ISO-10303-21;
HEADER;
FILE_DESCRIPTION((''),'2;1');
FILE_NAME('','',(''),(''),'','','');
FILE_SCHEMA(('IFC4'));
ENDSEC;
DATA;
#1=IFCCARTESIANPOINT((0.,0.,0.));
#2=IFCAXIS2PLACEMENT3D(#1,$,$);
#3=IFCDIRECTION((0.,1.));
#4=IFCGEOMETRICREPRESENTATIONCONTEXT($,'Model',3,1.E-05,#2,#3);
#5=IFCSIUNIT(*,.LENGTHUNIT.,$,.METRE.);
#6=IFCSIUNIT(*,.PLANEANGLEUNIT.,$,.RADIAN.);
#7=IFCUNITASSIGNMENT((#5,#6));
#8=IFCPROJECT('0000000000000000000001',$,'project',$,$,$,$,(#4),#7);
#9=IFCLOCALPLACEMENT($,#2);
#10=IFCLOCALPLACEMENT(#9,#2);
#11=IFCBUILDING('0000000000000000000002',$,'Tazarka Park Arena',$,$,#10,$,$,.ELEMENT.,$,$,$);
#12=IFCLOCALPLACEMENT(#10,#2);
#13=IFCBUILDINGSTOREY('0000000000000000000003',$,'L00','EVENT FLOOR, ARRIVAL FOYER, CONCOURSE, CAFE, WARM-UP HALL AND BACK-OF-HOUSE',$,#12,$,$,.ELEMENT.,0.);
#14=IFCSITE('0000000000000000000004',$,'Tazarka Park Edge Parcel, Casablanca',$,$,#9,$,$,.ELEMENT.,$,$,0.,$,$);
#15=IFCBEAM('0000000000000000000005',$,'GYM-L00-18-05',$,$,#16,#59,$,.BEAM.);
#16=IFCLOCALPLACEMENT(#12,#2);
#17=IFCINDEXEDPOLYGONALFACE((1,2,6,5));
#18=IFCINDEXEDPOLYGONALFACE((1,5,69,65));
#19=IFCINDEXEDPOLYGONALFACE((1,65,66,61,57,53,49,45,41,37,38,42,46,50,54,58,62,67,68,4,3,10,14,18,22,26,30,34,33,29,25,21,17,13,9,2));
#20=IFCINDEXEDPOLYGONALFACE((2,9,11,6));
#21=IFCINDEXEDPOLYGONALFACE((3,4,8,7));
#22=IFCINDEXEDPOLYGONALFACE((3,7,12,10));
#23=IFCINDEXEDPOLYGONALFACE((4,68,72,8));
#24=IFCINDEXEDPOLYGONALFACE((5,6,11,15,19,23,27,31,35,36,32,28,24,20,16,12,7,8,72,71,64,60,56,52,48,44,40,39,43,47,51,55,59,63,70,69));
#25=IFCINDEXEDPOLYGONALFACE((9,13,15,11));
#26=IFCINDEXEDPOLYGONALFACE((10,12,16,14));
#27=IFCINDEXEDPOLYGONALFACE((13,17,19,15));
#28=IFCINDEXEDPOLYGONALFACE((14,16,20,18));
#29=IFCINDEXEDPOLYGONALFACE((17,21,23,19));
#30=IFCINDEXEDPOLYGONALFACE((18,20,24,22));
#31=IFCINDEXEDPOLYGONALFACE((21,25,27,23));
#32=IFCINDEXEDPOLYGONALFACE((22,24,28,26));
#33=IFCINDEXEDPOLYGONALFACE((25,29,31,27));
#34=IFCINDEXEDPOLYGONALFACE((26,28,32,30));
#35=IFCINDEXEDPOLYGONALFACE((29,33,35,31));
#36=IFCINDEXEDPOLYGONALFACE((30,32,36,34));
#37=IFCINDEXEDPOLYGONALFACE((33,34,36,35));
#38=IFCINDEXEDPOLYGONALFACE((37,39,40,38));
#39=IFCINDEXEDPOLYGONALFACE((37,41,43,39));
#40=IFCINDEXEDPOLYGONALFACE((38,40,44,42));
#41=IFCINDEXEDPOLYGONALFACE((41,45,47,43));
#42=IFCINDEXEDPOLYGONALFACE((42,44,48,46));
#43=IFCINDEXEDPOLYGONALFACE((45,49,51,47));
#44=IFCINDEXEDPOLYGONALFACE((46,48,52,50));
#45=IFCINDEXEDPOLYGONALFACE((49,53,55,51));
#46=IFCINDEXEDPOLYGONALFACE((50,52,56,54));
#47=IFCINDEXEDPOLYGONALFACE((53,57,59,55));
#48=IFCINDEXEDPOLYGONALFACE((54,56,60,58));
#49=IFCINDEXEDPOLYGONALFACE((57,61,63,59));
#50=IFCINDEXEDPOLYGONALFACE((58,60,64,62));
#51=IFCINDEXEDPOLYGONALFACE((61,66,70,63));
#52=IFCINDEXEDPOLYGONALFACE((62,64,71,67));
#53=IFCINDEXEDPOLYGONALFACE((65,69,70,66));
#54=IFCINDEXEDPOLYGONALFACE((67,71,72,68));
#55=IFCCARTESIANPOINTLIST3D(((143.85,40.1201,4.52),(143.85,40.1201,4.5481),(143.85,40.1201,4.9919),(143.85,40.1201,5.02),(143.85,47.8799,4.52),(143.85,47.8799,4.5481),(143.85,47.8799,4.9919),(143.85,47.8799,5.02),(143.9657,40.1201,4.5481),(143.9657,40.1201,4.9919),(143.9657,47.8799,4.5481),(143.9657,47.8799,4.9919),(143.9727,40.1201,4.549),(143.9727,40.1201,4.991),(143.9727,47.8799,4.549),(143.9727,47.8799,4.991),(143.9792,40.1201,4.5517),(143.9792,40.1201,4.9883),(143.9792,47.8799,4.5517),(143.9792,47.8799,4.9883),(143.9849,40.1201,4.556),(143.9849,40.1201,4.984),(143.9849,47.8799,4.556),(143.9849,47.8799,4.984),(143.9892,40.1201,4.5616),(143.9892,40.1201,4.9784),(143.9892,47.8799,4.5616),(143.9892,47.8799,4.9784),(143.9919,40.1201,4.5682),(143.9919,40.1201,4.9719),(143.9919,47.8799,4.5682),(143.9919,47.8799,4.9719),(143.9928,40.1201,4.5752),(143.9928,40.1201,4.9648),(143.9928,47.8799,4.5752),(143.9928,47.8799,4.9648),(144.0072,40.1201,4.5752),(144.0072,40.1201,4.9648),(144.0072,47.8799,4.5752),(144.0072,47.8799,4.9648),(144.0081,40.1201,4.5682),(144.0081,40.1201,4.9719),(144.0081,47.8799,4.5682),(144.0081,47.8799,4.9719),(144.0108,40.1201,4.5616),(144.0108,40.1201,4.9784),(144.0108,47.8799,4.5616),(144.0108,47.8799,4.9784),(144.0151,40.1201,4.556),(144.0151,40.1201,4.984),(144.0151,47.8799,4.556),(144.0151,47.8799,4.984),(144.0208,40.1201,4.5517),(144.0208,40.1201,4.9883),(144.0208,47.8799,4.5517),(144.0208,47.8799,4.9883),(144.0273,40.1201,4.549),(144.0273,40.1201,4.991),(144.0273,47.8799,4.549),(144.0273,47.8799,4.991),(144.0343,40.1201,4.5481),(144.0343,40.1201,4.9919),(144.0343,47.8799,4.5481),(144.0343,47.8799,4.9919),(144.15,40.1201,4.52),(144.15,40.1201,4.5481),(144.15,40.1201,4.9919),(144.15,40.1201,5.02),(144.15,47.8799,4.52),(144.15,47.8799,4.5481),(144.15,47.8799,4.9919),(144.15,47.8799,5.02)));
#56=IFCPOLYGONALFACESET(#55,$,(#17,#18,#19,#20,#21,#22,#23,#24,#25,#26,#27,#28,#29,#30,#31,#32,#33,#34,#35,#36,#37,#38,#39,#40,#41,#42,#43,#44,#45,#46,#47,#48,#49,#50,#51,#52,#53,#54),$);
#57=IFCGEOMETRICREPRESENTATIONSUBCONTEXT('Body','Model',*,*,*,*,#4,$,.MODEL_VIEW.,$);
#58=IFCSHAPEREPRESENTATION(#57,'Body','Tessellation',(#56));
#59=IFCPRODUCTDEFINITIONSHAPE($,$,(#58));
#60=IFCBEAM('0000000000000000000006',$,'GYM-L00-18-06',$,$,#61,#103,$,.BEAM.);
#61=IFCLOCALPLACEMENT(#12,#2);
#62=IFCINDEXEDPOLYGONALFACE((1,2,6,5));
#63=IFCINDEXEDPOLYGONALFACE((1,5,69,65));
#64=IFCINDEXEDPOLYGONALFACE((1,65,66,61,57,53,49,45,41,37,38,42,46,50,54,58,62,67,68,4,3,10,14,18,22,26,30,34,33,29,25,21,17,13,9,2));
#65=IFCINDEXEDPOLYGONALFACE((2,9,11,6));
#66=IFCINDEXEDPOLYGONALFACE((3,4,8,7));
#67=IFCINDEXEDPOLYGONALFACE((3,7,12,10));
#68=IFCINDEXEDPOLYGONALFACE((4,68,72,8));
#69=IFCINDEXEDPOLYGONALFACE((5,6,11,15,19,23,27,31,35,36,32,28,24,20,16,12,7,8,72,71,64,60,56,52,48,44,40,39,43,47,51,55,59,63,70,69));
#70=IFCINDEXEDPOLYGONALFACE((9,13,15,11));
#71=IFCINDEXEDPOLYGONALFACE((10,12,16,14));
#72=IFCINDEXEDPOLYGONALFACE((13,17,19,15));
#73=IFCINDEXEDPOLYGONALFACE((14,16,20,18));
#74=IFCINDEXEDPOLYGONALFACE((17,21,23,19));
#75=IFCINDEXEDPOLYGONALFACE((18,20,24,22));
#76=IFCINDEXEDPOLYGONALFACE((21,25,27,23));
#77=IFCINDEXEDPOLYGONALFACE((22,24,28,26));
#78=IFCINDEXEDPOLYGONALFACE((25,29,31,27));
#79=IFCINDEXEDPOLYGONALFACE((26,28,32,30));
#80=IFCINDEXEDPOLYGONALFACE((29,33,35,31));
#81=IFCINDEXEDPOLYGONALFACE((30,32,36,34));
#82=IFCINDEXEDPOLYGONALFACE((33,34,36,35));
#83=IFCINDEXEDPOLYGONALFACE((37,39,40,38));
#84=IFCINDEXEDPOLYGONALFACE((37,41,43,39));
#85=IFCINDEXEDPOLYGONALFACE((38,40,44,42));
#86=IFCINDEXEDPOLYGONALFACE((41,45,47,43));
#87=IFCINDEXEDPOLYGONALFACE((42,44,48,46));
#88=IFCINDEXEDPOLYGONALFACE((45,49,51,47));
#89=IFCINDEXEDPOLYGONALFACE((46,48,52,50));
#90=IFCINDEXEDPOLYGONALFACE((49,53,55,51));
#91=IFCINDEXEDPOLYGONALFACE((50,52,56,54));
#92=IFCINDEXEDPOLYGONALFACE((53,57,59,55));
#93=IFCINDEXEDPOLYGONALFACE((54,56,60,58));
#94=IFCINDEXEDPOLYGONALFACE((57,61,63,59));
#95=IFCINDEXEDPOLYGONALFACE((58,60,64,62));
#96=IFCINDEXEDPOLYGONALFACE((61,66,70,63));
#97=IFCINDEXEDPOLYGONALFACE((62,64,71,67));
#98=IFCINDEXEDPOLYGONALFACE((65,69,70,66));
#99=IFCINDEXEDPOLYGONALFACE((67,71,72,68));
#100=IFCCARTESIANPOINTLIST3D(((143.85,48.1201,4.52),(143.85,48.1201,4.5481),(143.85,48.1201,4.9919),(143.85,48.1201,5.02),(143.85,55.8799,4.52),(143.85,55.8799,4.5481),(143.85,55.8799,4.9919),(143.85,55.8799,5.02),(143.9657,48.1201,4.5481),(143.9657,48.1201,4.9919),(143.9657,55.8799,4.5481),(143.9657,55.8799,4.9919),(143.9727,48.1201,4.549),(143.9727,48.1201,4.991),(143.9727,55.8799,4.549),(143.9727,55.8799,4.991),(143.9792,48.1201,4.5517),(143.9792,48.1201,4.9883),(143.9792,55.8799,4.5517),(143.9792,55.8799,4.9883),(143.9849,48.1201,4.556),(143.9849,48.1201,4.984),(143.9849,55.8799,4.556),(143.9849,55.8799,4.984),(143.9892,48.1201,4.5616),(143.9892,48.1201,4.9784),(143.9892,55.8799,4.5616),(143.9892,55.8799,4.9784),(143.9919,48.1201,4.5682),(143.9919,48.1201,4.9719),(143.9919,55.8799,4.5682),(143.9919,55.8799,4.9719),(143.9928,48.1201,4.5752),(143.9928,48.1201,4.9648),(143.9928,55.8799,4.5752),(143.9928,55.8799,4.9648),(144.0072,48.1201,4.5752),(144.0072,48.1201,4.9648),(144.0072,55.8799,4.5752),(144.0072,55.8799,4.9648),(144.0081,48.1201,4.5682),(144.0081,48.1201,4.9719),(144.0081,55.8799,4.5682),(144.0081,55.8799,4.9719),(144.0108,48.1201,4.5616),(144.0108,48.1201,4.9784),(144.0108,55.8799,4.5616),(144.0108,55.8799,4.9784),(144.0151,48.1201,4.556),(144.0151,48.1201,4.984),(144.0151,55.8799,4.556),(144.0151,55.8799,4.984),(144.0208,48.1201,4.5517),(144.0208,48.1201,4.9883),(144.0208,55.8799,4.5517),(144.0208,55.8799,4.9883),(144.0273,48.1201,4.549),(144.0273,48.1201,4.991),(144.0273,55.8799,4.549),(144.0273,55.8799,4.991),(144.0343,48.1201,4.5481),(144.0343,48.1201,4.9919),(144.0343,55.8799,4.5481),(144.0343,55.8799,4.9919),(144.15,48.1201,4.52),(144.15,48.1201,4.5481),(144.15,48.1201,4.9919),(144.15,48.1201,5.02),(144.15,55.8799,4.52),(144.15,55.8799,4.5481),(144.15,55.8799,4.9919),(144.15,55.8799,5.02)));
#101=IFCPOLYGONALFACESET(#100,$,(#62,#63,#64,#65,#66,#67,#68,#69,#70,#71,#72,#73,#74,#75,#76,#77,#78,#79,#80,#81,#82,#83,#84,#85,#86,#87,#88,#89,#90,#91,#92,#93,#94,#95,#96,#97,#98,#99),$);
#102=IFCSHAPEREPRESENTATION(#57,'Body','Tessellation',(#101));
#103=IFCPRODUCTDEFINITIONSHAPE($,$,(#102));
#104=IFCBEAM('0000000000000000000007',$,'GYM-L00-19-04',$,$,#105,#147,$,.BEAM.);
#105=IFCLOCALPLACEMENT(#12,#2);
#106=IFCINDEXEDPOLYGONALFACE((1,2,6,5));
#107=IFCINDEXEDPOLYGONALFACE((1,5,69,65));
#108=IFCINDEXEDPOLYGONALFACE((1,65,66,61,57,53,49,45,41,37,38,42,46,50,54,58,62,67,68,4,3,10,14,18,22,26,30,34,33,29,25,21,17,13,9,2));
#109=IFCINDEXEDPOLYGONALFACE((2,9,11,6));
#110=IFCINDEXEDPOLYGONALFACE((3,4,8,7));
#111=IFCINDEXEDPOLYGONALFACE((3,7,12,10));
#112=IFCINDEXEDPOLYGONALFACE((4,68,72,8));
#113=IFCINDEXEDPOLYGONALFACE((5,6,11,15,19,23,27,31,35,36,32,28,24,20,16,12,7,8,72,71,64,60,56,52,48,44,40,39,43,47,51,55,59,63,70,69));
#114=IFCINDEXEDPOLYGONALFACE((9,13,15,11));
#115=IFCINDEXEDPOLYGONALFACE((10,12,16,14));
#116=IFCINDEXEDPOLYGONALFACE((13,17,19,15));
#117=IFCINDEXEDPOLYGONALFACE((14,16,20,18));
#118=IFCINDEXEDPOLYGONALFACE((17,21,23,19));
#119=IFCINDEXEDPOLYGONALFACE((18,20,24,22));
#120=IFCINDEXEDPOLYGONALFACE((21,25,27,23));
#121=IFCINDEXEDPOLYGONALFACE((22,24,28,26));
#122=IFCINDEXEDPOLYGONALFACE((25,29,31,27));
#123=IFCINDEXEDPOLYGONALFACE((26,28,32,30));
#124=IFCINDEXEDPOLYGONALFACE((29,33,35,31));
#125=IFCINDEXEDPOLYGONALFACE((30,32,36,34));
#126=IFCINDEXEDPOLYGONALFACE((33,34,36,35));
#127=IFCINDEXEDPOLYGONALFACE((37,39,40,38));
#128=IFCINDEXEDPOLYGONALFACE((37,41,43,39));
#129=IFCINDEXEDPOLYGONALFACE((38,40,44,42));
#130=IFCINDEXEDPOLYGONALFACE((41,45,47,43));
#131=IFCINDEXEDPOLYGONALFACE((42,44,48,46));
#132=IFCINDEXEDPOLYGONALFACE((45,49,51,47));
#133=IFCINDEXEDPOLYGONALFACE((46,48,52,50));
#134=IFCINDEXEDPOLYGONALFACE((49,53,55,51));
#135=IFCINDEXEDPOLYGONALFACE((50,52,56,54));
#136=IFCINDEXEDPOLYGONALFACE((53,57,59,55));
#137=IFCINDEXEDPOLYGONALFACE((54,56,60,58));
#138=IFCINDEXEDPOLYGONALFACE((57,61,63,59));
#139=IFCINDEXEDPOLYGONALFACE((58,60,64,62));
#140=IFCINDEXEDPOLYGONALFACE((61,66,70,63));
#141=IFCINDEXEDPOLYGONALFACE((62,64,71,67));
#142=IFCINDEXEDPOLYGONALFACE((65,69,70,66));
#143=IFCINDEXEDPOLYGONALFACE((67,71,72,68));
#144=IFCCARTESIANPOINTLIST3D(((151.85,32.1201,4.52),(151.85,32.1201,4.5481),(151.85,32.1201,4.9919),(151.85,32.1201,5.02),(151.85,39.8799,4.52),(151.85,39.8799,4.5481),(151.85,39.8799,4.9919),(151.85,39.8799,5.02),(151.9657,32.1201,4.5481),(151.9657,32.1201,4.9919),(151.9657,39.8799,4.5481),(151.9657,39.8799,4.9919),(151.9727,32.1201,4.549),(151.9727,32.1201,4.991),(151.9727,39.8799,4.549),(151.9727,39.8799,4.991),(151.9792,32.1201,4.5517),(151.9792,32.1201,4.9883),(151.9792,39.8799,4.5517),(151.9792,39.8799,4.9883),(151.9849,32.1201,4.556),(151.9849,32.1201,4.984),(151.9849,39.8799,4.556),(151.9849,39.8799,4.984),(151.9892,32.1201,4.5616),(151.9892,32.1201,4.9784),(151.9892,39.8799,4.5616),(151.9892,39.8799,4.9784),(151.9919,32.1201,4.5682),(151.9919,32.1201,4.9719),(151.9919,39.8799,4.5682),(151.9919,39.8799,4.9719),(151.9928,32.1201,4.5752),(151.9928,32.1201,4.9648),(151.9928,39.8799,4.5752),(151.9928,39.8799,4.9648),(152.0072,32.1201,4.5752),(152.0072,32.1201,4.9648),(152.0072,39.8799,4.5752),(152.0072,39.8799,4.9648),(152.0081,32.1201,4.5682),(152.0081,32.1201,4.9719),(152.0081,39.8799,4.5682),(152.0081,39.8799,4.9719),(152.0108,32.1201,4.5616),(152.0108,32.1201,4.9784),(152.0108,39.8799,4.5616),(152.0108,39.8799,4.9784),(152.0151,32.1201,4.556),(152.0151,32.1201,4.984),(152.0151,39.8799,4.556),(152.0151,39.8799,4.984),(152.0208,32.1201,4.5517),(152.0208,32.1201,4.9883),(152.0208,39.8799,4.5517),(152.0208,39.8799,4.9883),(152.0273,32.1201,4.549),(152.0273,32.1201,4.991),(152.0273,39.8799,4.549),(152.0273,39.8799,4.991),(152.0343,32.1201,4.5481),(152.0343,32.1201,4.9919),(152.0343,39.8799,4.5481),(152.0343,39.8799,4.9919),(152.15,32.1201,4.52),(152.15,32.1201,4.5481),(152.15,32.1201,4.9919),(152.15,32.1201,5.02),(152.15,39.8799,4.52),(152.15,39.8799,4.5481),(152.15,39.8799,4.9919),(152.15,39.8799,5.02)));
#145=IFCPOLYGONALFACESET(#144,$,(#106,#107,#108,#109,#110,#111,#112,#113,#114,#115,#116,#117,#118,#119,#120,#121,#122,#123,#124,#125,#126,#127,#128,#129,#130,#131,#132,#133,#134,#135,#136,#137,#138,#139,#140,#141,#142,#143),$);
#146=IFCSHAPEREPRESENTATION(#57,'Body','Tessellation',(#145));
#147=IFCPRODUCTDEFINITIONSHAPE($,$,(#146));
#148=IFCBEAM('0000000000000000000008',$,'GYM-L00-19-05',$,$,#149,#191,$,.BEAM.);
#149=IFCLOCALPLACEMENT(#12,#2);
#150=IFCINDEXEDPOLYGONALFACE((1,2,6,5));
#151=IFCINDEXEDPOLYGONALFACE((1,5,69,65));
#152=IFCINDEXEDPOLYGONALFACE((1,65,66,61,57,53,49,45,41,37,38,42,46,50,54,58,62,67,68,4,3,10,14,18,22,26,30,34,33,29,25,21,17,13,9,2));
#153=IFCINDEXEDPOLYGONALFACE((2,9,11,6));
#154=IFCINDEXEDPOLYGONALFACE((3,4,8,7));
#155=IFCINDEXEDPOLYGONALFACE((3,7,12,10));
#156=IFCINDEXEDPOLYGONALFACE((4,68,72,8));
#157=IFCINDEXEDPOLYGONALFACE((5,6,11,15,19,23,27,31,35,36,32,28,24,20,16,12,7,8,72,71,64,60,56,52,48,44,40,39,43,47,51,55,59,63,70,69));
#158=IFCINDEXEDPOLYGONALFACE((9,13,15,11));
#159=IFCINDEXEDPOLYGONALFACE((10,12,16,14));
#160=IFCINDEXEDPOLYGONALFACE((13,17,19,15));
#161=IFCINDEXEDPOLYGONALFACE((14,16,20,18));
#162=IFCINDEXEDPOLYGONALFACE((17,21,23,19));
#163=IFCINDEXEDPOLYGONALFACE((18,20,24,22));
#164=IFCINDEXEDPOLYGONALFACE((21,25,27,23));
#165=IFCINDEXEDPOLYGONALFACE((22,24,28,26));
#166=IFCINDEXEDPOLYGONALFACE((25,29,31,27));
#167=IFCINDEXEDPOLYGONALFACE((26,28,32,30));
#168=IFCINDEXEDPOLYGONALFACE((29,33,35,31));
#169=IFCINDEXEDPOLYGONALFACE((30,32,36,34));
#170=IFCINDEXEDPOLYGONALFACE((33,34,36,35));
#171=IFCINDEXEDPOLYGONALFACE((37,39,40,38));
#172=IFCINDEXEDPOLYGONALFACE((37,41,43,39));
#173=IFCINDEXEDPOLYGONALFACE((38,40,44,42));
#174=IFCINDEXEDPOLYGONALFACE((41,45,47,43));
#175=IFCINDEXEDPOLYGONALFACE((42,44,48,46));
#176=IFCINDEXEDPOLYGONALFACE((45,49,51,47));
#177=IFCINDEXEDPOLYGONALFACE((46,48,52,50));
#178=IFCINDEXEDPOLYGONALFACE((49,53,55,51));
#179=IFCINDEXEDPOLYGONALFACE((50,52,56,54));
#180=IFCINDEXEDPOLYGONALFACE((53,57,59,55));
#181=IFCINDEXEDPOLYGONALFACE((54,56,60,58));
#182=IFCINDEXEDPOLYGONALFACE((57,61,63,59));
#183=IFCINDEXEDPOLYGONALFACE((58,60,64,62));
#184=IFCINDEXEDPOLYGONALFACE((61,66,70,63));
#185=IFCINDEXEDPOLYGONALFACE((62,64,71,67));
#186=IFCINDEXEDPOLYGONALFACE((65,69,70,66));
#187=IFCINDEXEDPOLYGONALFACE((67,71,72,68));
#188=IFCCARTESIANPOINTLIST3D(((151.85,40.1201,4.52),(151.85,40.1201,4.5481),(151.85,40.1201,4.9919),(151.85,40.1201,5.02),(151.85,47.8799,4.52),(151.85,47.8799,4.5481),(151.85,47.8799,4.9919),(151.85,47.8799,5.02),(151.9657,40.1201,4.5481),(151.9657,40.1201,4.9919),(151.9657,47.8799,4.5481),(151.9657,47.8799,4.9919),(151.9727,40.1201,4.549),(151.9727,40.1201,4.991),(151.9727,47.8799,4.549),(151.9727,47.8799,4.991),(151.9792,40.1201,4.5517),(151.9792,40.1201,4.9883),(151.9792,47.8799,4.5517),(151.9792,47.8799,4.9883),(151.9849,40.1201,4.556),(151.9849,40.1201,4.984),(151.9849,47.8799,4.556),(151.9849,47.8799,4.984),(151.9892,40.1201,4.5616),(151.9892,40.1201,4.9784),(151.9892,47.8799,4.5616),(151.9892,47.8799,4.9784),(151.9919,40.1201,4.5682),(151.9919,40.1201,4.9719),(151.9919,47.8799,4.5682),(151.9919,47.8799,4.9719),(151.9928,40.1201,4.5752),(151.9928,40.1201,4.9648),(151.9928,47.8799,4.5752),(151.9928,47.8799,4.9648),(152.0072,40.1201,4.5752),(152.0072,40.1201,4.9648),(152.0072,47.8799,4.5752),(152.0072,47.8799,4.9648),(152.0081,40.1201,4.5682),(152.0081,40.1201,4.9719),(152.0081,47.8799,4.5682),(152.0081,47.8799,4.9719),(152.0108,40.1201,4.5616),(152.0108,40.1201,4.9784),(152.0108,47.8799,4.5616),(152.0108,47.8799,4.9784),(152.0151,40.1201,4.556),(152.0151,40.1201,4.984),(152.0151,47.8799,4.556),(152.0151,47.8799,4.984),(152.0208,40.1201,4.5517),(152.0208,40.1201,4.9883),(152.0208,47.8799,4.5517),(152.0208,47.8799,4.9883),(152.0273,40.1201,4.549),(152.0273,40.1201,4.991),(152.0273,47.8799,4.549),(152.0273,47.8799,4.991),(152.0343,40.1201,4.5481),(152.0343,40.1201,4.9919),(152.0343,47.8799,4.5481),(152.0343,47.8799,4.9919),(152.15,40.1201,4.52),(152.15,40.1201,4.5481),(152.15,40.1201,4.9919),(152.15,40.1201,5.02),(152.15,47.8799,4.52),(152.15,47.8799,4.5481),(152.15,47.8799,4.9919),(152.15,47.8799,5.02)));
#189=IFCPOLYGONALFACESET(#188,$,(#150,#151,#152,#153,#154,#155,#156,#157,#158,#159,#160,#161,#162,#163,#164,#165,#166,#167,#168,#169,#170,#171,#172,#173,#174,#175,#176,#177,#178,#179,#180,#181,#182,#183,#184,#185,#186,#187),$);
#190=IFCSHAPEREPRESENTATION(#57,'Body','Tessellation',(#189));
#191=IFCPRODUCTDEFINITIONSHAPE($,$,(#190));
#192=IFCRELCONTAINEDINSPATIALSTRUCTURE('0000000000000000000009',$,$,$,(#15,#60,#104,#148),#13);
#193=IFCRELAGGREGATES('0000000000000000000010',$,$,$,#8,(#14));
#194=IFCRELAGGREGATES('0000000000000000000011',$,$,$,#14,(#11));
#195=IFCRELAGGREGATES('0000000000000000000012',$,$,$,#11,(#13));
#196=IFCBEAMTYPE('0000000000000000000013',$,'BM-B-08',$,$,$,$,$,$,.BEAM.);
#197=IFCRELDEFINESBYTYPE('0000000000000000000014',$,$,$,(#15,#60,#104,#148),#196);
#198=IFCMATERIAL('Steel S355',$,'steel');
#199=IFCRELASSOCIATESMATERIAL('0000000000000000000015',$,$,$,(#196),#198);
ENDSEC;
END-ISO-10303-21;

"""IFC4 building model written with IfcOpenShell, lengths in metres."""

from ifc_helpers import new_model, si_unit, direction, frame, origin, origin_2d, place, context, subcontext, project, spatial, i_section, extrude, material, material_profile, profile_set, type_object, element, save


model = new_model("IFC4")

# Units and contexts
model_context = context("Model", 3, precision=1e-05, world=origin(), true_north=direction((0.0, 1.0)))
body_context = subcontext(model_context, "Body", "Model", "MODEL_VIEW")
ifc_project = project(units=[si_unit("LENGTHUNIT", "METRE"), si_unit("PLANEANGLEUNIT", "RADIAN")], contexts=[model_context])

# Site, building, storey
site_placement = place(None, origin())
site = spatial("IfcSite", under=ifc_project, at=site_placement, Name="Tazarka Park Edge Parcel, Casablanca", CompositionType="ELEMENT", RefElevation=0.0)
building_placement = place(site_placement, origin())
building = spatial("IfcBuilding", under=site, at=building_placement, Name="Tazarka Park Arena", CompositionType="ELEMENT")
storey_placement = place(building_placement, origin())
storey = spatial("IfcBuildingStorey", under=building, at=storey_placement, Name="L00", Description="EVENT FLOOR, ARRIVAL FOYER, CONCOURSE, CAFE, WARM-UP HALL AND BACK-OF-HOUSE", CompositionType="ELEMENT", Elevation=0.0)

# Beams
ifc_material_1 = material(Name="Steel S355", Category="steel")
ifc_material_profile_1 = material_profile(ifc_material_1, i_section(OverallWidth=0.3, OverallDepth=0.5, WebThickness=0.0144, FlangeThickness=0.0281, FilletRadius=0.0271, at=origin_2d()), Name="Steel S355")
ifc_profile_set_1 = profile_set([ifc_material_profile_1], Name="Steel S355")
beam_type_1 = type_object("IfcBeamType", Name="BM-B-08", PredefinedType="BEAM", material=ifc_profile_set_1)
for number, where, z_axis, x_axis, name in (
    (1, (144.0, 40.1201, 4.77), (0.0, 1.0, 0.0), (-1.0, 0.0, 0.0), "GYM-L00-18-05"),
    (2, (144.0, 48.1201, 4.77), (0.0, 1.0, 0.0), (-1.0, 0.0, 0.0), "GYM-L00-18-06"),
    (3, (152.0, 32.1201, 4.77), (0.0, 1.0, 0.0), (-1.0, 0.0, 0.0), "GYM-L00-19-04"),
    (4, (152.0, 40.1201, 4.77), (0.0, 1.0, 0.0), (-1.0, 0.0, 0.0), "GYM-L00-19-05"),
):
    element("IfcBeam", number, at=place(storey_placement, frame(where, z_axis=z_axis, x_axis=x_axis)), inside=storey, type_object=beam_type_1, Name=name, PredefinedType="BEAM", context=body_context, shape_type="SweptSolid", body=[
        extrude(i_section(OverallWidth=0.3, OverallDepth=0.5, WebThickness=0.0144, FlangeThickness=0.0281, FilletRadius=0.0271, at=origin_2d()), origin(), (0.0, 0.0, 1.0), 7.7598),
    ])

save(model, "model.ifc")
